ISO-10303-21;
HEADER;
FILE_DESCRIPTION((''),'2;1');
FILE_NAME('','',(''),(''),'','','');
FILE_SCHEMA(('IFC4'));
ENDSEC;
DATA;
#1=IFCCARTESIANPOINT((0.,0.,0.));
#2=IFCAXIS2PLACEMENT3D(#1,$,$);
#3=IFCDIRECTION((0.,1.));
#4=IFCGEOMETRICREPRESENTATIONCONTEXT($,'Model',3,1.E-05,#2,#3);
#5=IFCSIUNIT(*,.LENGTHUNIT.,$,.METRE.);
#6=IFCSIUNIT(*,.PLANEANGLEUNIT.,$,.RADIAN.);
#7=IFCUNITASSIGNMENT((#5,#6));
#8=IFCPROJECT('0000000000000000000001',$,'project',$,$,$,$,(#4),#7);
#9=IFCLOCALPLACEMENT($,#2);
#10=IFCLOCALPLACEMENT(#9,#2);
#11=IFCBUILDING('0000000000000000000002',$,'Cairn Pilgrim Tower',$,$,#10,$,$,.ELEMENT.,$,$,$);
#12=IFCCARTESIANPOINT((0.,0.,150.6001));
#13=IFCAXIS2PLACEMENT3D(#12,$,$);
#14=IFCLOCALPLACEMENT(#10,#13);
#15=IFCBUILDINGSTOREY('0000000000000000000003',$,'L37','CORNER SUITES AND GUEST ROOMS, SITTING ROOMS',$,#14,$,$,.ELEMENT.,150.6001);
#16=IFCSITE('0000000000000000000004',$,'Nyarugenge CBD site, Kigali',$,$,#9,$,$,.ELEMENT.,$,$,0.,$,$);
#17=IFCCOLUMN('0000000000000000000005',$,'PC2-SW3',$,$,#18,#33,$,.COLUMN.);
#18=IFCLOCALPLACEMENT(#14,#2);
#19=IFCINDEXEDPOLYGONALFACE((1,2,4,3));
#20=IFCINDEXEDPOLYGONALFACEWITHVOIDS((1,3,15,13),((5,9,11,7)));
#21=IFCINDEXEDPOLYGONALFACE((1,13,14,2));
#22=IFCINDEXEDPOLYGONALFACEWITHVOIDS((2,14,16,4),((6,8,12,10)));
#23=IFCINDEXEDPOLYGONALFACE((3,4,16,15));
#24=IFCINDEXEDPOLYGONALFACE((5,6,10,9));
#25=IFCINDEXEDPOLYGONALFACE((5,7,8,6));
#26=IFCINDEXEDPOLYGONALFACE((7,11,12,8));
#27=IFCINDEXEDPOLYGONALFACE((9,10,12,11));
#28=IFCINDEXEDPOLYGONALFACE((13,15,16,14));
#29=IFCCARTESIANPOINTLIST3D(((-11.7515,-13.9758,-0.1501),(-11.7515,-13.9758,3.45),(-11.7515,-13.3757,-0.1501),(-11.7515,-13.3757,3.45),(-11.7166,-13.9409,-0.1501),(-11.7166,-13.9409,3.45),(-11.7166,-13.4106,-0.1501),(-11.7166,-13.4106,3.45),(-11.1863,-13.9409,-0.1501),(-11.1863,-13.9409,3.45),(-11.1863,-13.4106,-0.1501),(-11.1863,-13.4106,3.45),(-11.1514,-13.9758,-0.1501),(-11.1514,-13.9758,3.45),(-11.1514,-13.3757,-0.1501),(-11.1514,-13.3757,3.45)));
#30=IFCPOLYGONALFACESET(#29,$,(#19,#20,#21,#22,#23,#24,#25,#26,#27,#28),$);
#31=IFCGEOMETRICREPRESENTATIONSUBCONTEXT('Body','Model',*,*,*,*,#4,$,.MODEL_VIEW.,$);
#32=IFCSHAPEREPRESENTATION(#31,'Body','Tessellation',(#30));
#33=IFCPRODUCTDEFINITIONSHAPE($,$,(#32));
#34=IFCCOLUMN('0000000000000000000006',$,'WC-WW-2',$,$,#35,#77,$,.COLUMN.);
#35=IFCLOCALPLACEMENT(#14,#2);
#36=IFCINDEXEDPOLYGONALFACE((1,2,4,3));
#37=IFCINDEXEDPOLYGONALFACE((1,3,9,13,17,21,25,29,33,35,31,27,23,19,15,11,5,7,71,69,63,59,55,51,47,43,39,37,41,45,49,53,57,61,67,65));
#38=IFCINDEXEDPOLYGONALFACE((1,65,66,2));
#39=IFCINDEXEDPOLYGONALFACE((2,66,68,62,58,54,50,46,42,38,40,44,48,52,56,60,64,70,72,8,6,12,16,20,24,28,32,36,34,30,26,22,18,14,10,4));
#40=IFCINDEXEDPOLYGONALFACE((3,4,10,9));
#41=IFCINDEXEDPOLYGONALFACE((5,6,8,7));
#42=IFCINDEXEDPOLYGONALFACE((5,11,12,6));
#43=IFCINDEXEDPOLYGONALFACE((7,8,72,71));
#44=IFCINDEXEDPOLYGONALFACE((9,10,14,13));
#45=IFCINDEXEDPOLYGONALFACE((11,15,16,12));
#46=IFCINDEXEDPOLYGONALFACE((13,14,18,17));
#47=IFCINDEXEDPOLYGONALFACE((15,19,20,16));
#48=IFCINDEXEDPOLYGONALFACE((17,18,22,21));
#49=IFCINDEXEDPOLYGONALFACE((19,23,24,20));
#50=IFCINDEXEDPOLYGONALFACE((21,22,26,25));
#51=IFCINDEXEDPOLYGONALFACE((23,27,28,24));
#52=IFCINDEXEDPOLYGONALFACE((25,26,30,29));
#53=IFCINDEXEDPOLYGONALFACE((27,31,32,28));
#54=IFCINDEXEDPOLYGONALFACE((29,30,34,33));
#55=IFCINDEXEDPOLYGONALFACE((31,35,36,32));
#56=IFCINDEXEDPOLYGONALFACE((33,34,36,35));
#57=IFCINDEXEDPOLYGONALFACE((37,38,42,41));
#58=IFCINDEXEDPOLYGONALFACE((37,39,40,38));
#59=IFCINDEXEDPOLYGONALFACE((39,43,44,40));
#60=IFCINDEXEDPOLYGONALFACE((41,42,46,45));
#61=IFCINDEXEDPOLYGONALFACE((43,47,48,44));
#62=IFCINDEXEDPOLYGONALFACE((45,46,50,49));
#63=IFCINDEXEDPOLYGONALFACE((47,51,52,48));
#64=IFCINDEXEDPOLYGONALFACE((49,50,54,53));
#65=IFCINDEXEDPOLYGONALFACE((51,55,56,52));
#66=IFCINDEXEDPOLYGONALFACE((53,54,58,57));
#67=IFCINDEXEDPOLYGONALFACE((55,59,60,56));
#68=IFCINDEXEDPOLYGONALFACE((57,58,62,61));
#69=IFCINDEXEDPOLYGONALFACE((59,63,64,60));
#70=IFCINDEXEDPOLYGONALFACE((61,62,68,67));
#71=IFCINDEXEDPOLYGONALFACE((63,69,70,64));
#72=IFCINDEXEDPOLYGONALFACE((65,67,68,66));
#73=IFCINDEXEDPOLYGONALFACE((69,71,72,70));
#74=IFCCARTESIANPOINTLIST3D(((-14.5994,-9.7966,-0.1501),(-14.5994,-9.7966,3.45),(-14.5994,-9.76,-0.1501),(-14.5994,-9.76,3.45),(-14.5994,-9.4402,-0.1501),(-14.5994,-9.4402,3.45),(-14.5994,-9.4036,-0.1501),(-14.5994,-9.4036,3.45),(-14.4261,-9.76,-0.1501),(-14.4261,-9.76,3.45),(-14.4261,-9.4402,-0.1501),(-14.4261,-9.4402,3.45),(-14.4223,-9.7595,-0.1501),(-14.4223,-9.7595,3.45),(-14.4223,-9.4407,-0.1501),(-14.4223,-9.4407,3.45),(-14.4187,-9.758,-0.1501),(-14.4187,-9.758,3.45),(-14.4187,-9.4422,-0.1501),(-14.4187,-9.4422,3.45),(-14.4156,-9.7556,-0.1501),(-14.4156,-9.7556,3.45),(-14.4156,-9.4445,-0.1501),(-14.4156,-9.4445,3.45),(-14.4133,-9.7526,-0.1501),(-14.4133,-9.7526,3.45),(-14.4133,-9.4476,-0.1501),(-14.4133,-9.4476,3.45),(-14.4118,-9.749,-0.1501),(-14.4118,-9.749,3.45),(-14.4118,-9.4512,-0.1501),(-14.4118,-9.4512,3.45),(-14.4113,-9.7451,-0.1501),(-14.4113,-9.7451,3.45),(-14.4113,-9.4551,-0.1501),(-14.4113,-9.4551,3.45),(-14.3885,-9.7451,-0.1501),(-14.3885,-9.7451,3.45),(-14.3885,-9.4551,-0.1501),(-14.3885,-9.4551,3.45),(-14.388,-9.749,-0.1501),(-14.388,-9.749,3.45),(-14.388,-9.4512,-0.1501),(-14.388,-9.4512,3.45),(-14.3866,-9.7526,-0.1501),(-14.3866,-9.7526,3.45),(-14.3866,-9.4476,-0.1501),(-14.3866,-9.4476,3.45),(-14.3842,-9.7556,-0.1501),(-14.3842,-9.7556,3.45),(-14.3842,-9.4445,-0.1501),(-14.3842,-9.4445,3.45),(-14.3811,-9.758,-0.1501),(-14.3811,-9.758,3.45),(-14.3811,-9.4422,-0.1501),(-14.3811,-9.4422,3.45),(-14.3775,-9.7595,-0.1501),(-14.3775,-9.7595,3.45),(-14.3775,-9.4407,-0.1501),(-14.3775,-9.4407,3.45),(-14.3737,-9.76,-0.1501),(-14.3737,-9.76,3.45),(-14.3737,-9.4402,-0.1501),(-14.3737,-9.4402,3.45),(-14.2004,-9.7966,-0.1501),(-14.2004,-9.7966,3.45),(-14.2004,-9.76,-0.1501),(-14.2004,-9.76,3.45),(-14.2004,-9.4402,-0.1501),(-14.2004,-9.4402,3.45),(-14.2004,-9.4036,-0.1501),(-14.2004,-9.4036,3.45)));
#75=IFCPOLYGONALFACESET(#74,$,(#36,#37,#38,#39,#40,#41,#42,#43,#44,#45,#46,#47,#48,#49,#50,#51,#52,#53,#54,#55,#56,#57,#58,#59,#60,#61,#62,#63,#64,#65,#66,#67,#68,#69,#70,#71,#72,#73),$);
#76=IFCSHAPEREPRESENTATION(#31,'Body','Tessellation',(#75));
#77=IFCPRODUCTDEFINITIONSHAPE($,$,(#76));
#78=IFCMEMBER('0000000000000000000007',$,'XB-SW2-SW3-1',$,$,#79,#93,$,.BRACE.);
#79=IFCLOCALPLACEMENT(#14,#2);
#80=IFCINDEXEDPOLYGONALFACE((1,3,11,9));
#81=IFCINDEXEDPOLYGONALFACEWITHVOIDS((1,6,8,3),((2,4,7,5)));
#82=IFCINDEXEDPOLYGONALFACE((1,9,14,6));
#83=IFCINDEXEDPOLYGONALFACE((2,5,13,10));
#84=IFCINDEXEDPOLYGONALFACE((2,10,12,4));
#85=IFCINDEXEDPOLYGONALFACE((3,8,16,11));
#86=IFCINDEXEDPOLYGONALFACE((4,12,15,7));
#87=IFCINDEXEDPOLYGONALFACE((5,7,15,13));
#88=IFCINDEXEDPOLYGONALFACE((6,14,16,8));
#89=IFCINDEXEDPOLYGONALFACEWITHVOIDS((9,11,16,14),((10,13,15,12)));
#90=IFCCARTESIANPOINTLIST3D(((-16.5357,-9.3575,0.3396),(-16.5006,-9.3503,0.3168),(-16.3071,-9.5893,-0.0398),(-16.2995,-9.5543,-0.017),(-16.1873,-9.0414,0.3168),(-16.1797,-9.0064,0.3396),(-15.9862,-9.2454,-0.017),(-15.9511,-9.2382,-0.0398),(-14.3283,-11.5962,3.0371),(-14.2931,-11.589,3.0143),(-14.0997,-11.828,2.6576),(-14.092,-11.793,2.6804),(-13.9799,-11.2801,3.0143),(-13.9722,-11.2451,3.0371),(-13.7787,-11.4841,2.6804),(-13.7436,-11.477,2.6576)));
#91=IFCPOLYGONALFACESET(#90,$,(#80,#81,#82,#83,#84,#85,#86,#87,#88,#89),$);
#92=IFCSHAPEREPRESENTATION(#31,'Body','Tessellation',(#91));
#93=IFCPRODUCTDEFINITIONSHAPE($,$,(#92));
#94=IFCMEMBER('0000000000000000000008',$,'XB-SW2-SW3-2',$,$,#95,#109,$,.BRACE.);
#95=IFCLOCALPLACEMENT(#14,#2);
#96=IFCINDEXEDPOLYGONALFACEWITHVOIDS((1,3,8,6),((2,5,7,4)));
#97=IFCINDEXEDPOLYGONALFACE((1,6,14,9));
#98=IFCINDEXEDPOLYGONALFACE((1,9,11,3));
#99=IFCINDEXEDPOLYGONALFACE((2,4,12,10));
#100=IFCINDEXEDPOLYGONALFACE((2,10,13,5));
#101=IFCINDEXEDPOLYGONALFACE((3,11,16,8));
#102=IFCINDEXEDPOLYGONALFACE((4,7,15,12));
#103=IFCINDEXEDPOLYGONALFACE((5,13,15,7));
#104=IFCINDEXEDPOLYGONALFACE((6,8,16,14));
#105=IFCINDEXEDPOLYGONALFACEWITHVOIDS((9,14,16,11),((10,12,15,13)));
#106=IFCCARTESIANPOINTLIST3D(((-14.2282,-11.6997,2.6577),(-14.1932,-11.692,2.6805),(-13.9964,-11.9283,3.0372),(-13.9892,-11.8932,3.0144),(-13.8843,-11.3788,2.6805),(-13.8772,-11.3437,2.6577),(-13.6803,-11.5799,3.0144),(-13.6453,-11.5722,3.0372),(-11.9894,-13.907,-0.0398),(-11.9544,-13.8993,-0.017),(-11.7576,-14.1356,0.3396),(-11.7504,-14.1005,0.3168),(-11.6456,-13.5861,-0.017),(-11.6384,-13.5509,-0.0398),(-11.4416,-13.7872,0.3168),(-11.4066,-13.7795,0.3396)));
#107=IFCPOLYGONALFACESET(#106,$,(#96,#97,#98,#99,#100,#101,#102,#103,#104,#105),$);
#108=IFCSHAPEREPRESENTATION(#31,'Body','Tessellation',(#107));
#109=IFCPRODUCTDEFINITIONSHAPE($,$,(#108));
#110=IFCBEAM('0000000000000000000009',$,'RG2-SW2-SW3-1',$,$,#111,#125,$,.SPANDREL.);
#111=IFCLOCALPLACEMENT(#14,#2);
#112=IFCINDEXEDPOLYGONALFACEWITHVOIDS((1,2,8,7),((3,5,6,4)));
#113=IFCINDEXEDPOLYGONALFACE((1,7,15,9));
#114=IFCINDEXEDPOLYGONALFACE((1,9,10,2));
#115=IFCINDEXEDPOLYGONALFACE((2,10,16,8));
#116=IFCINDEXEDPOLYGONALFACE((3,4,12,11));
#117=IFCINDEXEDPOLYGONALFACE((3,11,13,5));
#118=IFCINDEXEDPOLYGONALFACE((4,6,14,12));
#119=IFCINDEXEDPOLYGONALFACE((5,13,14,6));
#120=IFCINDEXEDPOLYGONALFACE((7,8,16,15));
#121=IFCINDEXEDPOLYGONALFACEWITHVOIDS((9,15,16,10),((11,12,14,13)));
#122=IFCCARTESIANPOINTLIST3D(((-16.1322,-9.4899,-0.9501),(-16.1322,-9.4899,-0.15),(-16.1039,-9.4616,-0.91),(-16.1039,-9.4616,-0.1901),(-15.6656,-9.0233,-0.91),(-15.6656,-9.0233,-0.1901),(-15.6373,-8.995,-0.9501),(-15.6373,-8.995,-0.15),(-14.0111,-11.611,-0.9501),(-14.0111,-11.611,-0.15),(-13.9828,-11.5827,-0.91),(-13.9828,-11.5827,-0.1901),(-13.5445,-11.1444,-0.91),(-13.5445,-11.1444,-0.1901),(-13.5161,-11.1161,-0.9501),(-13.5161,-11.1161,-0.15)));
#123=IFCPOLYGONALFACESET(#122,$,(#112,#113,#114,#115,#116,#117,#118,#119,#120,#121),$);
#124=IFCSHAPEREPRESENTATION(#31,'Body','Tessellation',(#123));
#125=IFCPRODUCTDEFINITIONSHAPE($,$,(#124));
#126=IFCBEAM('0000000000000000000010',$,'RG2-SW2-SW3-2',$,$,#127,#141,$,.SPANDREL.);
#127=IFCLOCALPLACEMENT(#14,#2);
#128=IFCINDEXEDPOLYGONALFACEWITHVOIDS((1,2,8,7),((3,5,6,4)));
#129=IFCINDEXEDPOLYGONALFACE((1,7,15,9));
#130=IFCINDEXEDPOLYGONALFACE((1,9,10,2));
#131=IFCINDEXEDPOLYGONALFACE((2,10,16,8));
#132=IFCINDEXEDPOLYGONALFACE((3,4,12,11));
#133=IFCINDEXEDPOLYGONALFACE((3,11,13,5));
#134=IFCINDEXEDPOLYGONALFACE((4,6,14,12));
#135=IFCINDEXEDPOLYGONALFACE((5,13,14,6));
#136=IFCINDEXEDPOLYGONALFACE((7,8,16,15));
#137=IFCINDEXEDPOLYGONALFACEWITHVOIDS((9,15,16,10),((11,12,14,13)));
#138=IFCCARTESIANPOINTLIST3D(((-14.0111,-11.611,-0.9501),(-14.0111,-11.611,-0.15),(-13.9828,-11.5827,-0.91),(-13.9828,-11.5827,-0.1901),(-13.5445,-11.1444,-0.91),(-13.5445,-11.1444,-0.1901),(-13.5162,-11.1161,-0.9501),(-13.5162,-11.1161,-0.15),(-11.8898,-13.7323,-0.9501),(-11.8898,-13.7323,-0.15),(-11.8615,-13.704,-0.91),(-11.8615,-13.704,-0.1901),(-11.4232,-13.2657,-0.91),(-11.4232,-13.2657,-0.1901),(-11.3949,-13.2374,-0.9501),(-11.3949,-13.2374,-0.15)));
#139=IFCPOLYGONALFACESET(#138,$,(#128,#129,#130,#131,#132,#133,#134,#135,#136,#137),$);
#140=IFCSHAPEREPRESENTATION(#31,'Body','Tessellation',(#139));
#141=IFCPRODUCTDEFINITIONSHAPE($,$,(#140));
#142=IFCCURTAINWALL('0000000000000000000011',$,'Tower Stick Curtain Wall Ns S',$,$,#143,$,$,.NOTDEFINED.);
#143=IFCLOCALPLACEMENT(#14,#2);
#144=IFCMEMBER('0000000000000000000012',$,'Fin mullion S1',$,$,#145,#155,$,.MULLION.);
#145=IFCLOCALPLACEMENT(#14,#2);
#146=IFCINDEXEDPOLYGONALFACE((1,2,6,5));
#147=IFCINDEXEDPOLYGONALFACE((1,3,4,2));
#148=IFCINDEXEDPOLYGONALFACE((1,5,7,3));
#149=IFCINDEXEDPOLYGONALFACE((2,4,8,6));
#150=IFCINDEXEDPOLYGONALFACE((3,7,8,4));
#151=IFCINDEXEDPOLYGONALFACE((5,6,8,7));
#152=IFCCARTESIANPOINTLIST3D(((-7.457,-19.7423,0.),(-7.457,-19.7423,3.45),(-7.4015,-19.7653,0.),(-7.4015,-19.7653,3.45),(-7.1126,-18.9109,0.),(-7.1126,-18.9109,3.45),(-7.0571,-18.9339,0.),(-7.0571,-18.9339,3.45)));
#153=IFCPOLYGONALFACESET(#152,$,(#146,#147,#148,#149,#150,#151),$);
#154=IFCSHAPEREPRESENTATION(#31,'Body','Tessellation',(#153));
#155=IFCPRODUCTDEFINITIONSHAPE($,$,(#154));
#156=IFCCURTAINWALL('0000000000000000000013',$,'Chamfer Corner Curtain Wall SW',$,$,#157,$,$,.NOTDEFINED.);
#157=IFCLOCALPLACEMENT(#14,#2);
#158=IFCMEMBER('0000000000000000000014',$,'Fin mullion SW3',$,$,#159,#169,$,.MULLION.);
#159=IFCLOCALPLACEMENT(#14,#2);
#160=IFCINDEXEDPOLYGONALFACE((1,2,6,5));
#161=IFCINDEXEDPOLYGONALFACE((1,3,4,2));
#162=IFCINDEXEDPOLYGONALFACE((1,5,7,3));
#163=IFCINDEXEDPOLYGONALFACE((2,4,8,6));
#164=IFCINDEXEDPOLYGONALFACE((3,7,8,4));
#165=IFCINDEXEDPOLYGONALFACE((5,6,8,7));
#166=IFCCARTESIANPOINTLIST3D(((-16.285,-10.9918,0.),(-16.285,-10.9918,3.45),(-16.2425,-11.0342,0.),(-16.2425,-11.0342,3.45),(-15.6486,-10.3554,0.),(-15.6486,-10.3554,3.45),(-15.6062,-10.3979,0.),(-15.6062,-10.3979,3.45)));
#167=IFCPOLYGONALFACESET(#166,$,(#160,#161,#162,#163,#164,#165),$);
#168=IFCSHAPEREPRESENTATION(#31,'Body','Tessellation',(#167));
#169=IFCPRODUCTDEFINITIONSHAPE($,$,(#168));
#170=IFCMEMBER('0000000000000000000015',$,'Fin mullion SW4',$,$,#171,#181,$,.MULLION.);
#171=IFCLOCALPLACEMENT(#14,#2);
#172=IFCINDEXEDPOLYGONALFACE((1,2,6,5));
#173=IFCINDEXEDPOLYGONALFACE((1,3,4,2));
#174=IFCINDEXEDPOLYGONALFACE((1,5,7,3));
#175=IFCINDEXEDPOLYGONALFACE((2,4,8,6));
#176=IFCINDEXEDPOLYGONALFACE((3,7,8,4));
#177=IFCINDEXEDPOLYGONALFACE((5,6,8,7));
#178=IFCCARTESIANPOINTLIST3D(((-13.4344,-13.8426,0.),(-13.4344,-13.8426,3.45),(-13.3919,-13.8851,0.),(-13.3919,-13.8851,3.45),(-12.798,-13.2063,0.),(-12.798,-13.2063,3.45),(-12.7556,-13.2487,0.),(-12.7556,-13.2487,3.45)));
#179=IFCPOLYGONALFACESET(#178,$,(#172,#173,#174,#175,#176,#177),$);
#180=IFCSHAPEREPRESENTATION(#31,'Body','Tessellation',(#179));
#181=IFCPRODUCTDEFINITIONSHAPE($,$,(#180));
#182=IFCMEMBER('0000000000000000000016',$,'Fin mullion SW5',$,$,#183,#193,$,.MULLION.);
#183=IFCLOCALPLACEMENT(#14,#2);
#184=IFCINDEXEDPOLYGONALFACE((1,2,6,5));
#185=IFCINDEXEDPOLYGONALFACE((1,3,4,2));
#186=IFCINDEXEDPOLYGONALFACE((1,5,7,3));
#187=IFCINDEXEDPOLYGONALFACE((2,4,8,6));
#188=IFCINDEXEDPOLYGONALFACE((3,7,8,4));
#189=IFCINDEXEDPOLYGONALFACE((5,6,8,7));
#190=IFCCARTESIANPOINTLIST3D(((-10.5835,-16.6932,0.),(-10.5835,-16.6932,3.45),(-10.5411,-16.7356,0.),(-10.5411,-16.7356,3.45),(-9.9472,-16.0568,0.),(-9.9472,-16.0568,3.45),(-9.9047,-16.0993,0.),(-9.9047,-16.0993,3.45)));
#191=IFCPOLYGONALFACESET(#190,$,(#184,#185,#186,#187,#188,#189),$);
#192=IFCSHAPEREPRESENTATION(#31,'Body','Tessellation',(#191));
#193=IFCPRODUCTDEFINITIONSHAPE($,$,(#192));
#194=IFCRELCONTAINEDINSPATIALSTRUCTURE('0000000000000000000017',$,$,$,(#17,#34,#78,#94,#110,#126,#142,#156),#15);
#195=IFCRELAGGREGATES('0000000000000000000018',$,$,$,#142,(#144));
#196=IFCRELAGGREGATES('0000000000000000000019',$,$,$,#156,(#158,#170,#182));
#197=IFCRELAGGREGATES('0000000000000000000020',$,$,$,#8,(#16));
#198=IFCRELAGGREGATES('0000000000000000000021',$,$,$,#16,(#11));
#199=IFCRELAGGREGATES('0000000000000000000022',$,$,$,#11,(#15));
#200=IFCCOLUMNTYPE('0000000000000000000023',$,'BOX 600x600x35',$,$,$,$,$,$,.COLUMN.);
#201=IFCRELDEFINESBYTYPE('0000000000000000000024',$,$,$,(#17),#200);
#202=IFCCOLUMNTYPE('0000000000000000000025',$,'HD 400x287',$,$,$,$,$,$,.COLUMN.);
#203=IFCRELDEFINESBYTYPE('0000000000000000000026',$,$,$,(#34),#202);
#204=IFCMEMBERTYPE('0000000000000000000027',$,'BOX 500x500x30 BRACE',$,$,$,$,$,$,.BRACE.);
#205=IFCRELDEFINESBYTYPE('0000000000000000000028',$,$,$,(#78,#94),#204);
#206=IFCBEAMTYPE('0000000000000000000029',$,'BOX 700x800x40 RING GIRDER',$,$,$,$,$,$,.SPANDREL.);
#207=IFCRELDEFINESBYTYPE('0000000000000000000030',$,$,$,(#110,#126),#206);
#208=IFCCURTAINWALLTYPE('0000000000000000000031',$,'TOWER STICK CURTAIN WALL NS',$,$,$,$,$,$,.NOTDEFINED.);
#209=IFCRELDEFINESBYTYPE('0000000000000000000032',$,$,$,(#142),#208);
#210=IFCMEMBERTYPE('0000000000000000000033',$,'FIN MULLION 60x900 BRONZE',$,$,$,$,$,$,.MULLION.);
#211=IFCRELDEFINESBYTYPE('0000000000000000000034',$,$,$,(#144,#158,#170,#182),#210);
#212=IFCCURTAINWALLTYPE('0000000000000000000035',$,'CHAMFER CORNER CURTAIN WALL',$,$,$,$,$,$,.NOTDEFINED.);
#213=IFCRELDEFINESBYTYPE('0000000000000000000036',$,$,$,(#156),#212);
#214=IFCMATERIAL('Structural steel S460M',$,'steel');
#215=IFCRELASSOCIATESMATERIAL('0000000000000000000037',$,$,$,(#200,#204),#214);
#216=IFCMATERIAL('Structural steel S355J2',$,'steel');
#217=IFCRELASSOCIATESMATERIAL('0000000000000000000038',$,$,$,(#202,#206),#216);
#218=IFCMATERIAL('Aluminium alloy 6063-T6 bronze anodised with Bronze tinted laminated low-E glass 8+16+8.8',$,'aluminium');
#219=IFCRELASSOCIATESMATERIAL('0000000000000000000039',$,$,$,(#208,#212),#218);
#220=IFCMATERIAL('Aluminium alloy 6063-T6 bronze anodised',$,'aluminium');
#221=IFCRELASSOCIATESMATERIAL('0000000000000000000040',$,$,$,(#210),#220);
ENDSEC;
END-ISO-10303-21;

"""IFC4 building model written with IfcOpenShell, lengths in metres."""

from ifc_helpers import new_model, si_unit, direction, frame, origin, origin_2d, place, context, subcontext, project, spatial, rectangle, hollow_rectangle, i_section, extrude, material, material_profile, profile_set, type_object, element, aggregate, save


model = new_model("IFC4")

# Units and contexts
model_context = context("Model", 3, precision=1e-05, world=origin(), true_north=direction((0.0, 1.0)))
body_context = subcontext(model_context, "Body", "Model", "MODEL_VIEW")
ifc_project = project(units=[si_unit("LENGTHUNIT", "METRE"), si_unit("PLANEANGLEUNIT", "RADIAN")], contexts=[model_context])

# Site, building, storey
site_placement = place(None, origin())
site = spatial("IfcSite", under=ifc_project, at=site_placement, Name="Nyarugenge CBD site, Kigali", CompositionType="ELEMENT", RefElevation=0.0)
building_placement = place(site_placement, origin())
building = spatial("IfcBuilding", under=site, at=building_placement, Name="Cairn Pilgrim Tower", CompositionType="ELEMENT")
storey_placement = place(building_placement, frame((0.0, 0.0, 150.6001)))
storey = spatial("IfcBuildingStorey", under=building, at=storey_placement, Name="L37", Description="CORNER SUITES AND GUEST ROOMS, SITTING ROOMS", CompositionType="ELEMENT", Elevation=150.6001)

# Columns
ifc_material_1 = material(Name="Structural steel S460M", Category="steel")
ifc_material_profile_1 = material_profile(ifc_material_1, hollow_rectangle(XDim=0.6001, YDim=0.6001, WallThickness=0.0349, at=origin_2d()), Name="BOX 600x600x35")
ifc_profile_set_1 = profile_set([ifc_material_profile_1], Name="Structural steel S460M")
column_type_1 = type_object("IfcColumnType", Name="BOX 600x600x35", PredefinedType="COLUMN", material=ifc_profile_set_1)
column_1_placement = place(storey_placement, frame((-11.4514, -13.6758, -0.1501), z_axis=(0.0, 0.0, 1.0), x_axis=(1.0, 0.0, 0.0)))
element("IfcColumn", 1, at=column_1_placement, inside=storey, type_object=column_type_1, Name="PC2-SW3", PredefinedType="COLUMN", context=body_context, shape_type="SweptSolid", body=[
    extrude(hollow_rectangle(XDim=0.6001, YDim=0.6001, WallThickness=0.0349, at=origin_2d()), origin(), (0.0, 0.0, 1.0), 3.6001),
])
ifc_material_2 = material(Name="Structural steel S355J2", Category="steel")
ifc_material_profile_2 = material_profile(ifc_material_2, i_section(OverallWidth=0.3989, OverallDepth=0.3931, WebThickness=0.0227, FlangeThickness=0.0366, FilletRadius=0.0149, at=origin_2d()), Name="HD 400x287")
ifc_profile_set_2 = profile_set([ifc_material_profile_2], Name="Structural steel S355J2")
column_type_2 = type_object("IfcColumnType", Name="HD 400x287", PredefinedType="COLUMN", material=ifc_profile_set_2)
column_2_placement = place(storey_placement, frame((-14.3999, -9.6001, -0.1501), z_axis=(0.0, 0.0, 1.0), x_axis=(1.0, 0.0, 0.0)))
element("IfcColumn", 2, at=column_2_placement, inside=storey, type_object=column_type_2, Name="WC-WW-2", PredefinedType="COLUMN", context=body_context, shape_type="SweptSolid", body=[
    extrude(i_section(OverallWidth=0.3989, OverallDepth=0.3931, WebThickness=0.0227, FlangeThickness=0.0366, FilletRadius=0.0149, at=origin_2d()), origin(), (0.0, 0.0, 1.0), 3.6001),
])

# Members
ifc_material_profile_3 = material_profile(ifc_material_1, hollow_rectangle(XDim=0.5, YDim=0.5, WallThickness=0.03, at=origin_2d()), Name="BOX 500x500x30")
ifc_profile_set_3 = profile_set([ifc_material_profile_3], Name="Structural steel S460M")
member_type_1 = type_object("IfcMemberType", Name="BOX 500x500x30 BRACE", PredefinedType="BRACE", material=ifc_profile_set_3)
for number, where, z_axis, x_axis, name in (
    (3, (-16.2434, -9.2979, 0.1499), (0.532872, -0.540416, 0.651151), (0.712059, 0.70212, 0.0), "XB-SW2-SW3-1"),
    (4, (-11.698, -13.8433, 0.1499), (-0.540433, 0.53283, 0.651171), (-0.70208, -0.712098, 0.0), "XB-SW2-SW3-2"),
):
    element("IfcMember", number, at=place(storey_placement, frame(where, z_axis=z_axis, x_axis=x_axis)), inside=storey, type_object=member_type_1, Name=name, PredefinedType="BRACE", context=body_context, shape_type="SweptSolid", body=[
        extrude(hollow_rectangle(XDim=0.5, YDim=0.5, WallThickness=0.03, at=origin_2d()), origin(), (0.0, 0.0, 1.0), 4.1426),
    ])

# Beams
ifc_material_profile_4 = material_profile(ifc_material_2, hollow_rectangle(XDim=0.7, YDim=0.8, WallThickness=0.04, at=origin_2d()), Name="BOX 700x800x40")
ifc_profile_set_4 = profile_set([ifc_material_profile_4], Name="Structural steel S355J2")
beam_type_1 = type_object("IfcBeamType", Name="BOX 700x800x40 RING GIRDER", PredefinedType="SPANDREL", material=ifc_profile_set_4)
beam_1_placement = place(storey_placement, frame((-15.8848, -9.2424, -0.55), z_axis=(0.707107, -0.707107, 0.0), x_axis=(0.707107, 0.707107, 0.0)))
element("IfcBeam", 5, at=beam_1_placement, inside=storey, type_object=beam_type_1, Name="RG2-SW2-SW3-1", PredefinedType="SPANDREL", context=body_context, shape_type="SweptSolid", body=[
    extrude(hollow_rectangle(XDim=0.7, YDim=0.8, WallThickness=0.04, at=origin_2d()), origin(), (0.0, 0.0, 1.0), 2.9998),
])
beam_2_placement = place(storey_placement, frame((-13.7637, -11.3635, -0.55), z_axis=(0.707107, -0.707107, 0.0), x_axis=(0.707107, 0.707107, 0.0)))
element("IfcBeam", 6, at=beam_2_placement, inside=storey, type_object=beam_type_1, Name="RG2-SW2-SW3-2", PredefinedType="SPANDREL", context=body_context, shape_type="SweptSolid", body=[
    extrude(hollow_rectangle(XDim=0.7, YDim=0.8, WallThickness=0.04, at=origin_2d()), origin(), (0.0, 0.0, 1.0), 3.0),
])

# Curtain wall, member
ifc_material_3 = material(Name="Aluminium alloy 6063-T6 bronze anodised with Bronze tinted laminated low-E glass 8+16+8.8", Category="aluminium")
curtain_wall_type_1 = type_object("IfcCurtainWallType", Name="TOWER STICK CURTAIN WALL NS", PredefinedType="NOTDEFINED", material=ifc_material_3)
curtain_wall_1_placement = place(storey_placement, origin())
curtain_wall_1 = element("IfcCurtainWall", 7, at=curtain_wall_1_placement, inside=storey, type_object=curtain_wall_type_1, Name="Tower Stick Curtain Wall Ns S", PredefinedType="NOTDEFINED")
ifc_material_4 = material(Name="Aluminium alloy 6063-T6 bronze anodised", Category="aluminium")
ifc_material_profile_5 = material_profile(ifc_material_4, rectangle(XDim=0.8999, YDim=0.0601, at=origin_2d()), Name="FIN MULLION 60x900 BRONZE")
ifc_profile_set_5 = profile_set([ifc_material_profile_5], Name="Aluminium alloy 6063-T6 bronze anodised")
member_type_2 = type_object("IfcMemberType", Name="FIN MULLION 60x900 BRONZE", PredefinedType="MULLION", material=ifc_profile_set_5)
member_1_placement = place(storey_placement, frame((-7.2571, -19.3381, 0.0), z_axis=(0.0, 0.0, 1.0), x_axis=(-0.382683, -0.92388, 0.0)))
member_1 = element("IfcMember", 8, at=member_1_placement, type_object=member_type_2, Name="Fin mullion S1", PredefinedType="MULLION", context=body_context, shape_type="SweptSolid", body=[
    extrude(rectangle(XDim=0.8999, YDim=0.0601, at=origin_2d()), origin(), (0.0, 0.0, 1.0), 3.45),
])
aggregate(curtain_wall_1, [member_1])

# Curtain wall, members
curtain_wall_type_2 = type_object("IfcCurtainWallType", Name="CHAMFER CORNER CURTAIN WALL", PredefinedType="NOTDEFINED", material=ifc_material_3)
curtain_wall_2_placement = place(storey_placement, origin())
curtain_wall_2 = element("IfcCurtainWall", 9, at=curtain_wall_2_placement, inside=storey, type_object=curtain_wall_type_2, Name="Chamfer Corner Curtain Wall SW", PredefinedType="NOTDEFINED")
member_2_placement = place(storey_placement, frame((-15.9456, -10.6948, 0.0), z_axis=(0.0, 0.0, 1.0), x_axis=(-0.707107, -0.707107, 0.0)))
member_2 = element("IfcMember", 10, at=member_2_placement, type_object=member_type_2, Name="Fin mullion SW3", PredefinedType="MULLION", context=body_context, shape_type="SweptSolid", body=[
    extrude(rectangle(XDim=0.8999, YDim=0.0601, at=origin_2d()), origin(), (0.0, 0.0, 1.0), 3.45),
])
member_3_placement = place(storey_placement, frame((-13.095, -13.5457, 0.0), z_axis=(0.0, 0.0, 1.0), x_axis=(-0.707107, -0.707107, 0.0)))
member_3 = element("IfcMember", 11, at=member_3_placement, type_object=member_type_2, Name="Fin mullion SW4", PredefinedType="MULLION", context=body_context, shape_type="SweptSolid", body=[
    extrude(rectangle(XDim=0.8999, YDim=0.0601, at=origin_2d()), origin(), (0.0, 0.0, 1.0), 3.45),
])
member_4_placement = place(storey_placement, frame((-10.2441, -16.3962, 0.0), z_axis=(0.0, 0.0, 1.0), x_axis=(-0.707107, -0.707107, 0.0)))
member_4 = element("IfcMember", 12, at=member_4_placement, type_object=member_type_2, Name="Fin mullion SW5", PredefinedType="MULLION", context=body_context, shape_type="SweptSolid", body=[
    extrude(rectangle(XDim=0.8999, YDim=0.0601, at=origin_2d()), origin(), (0.0, 0.0, 1.0), 3.45),
])

aggregate(curtain_wall_2, [member_2, member_3, member_4])

save(model, "model.ifc")
